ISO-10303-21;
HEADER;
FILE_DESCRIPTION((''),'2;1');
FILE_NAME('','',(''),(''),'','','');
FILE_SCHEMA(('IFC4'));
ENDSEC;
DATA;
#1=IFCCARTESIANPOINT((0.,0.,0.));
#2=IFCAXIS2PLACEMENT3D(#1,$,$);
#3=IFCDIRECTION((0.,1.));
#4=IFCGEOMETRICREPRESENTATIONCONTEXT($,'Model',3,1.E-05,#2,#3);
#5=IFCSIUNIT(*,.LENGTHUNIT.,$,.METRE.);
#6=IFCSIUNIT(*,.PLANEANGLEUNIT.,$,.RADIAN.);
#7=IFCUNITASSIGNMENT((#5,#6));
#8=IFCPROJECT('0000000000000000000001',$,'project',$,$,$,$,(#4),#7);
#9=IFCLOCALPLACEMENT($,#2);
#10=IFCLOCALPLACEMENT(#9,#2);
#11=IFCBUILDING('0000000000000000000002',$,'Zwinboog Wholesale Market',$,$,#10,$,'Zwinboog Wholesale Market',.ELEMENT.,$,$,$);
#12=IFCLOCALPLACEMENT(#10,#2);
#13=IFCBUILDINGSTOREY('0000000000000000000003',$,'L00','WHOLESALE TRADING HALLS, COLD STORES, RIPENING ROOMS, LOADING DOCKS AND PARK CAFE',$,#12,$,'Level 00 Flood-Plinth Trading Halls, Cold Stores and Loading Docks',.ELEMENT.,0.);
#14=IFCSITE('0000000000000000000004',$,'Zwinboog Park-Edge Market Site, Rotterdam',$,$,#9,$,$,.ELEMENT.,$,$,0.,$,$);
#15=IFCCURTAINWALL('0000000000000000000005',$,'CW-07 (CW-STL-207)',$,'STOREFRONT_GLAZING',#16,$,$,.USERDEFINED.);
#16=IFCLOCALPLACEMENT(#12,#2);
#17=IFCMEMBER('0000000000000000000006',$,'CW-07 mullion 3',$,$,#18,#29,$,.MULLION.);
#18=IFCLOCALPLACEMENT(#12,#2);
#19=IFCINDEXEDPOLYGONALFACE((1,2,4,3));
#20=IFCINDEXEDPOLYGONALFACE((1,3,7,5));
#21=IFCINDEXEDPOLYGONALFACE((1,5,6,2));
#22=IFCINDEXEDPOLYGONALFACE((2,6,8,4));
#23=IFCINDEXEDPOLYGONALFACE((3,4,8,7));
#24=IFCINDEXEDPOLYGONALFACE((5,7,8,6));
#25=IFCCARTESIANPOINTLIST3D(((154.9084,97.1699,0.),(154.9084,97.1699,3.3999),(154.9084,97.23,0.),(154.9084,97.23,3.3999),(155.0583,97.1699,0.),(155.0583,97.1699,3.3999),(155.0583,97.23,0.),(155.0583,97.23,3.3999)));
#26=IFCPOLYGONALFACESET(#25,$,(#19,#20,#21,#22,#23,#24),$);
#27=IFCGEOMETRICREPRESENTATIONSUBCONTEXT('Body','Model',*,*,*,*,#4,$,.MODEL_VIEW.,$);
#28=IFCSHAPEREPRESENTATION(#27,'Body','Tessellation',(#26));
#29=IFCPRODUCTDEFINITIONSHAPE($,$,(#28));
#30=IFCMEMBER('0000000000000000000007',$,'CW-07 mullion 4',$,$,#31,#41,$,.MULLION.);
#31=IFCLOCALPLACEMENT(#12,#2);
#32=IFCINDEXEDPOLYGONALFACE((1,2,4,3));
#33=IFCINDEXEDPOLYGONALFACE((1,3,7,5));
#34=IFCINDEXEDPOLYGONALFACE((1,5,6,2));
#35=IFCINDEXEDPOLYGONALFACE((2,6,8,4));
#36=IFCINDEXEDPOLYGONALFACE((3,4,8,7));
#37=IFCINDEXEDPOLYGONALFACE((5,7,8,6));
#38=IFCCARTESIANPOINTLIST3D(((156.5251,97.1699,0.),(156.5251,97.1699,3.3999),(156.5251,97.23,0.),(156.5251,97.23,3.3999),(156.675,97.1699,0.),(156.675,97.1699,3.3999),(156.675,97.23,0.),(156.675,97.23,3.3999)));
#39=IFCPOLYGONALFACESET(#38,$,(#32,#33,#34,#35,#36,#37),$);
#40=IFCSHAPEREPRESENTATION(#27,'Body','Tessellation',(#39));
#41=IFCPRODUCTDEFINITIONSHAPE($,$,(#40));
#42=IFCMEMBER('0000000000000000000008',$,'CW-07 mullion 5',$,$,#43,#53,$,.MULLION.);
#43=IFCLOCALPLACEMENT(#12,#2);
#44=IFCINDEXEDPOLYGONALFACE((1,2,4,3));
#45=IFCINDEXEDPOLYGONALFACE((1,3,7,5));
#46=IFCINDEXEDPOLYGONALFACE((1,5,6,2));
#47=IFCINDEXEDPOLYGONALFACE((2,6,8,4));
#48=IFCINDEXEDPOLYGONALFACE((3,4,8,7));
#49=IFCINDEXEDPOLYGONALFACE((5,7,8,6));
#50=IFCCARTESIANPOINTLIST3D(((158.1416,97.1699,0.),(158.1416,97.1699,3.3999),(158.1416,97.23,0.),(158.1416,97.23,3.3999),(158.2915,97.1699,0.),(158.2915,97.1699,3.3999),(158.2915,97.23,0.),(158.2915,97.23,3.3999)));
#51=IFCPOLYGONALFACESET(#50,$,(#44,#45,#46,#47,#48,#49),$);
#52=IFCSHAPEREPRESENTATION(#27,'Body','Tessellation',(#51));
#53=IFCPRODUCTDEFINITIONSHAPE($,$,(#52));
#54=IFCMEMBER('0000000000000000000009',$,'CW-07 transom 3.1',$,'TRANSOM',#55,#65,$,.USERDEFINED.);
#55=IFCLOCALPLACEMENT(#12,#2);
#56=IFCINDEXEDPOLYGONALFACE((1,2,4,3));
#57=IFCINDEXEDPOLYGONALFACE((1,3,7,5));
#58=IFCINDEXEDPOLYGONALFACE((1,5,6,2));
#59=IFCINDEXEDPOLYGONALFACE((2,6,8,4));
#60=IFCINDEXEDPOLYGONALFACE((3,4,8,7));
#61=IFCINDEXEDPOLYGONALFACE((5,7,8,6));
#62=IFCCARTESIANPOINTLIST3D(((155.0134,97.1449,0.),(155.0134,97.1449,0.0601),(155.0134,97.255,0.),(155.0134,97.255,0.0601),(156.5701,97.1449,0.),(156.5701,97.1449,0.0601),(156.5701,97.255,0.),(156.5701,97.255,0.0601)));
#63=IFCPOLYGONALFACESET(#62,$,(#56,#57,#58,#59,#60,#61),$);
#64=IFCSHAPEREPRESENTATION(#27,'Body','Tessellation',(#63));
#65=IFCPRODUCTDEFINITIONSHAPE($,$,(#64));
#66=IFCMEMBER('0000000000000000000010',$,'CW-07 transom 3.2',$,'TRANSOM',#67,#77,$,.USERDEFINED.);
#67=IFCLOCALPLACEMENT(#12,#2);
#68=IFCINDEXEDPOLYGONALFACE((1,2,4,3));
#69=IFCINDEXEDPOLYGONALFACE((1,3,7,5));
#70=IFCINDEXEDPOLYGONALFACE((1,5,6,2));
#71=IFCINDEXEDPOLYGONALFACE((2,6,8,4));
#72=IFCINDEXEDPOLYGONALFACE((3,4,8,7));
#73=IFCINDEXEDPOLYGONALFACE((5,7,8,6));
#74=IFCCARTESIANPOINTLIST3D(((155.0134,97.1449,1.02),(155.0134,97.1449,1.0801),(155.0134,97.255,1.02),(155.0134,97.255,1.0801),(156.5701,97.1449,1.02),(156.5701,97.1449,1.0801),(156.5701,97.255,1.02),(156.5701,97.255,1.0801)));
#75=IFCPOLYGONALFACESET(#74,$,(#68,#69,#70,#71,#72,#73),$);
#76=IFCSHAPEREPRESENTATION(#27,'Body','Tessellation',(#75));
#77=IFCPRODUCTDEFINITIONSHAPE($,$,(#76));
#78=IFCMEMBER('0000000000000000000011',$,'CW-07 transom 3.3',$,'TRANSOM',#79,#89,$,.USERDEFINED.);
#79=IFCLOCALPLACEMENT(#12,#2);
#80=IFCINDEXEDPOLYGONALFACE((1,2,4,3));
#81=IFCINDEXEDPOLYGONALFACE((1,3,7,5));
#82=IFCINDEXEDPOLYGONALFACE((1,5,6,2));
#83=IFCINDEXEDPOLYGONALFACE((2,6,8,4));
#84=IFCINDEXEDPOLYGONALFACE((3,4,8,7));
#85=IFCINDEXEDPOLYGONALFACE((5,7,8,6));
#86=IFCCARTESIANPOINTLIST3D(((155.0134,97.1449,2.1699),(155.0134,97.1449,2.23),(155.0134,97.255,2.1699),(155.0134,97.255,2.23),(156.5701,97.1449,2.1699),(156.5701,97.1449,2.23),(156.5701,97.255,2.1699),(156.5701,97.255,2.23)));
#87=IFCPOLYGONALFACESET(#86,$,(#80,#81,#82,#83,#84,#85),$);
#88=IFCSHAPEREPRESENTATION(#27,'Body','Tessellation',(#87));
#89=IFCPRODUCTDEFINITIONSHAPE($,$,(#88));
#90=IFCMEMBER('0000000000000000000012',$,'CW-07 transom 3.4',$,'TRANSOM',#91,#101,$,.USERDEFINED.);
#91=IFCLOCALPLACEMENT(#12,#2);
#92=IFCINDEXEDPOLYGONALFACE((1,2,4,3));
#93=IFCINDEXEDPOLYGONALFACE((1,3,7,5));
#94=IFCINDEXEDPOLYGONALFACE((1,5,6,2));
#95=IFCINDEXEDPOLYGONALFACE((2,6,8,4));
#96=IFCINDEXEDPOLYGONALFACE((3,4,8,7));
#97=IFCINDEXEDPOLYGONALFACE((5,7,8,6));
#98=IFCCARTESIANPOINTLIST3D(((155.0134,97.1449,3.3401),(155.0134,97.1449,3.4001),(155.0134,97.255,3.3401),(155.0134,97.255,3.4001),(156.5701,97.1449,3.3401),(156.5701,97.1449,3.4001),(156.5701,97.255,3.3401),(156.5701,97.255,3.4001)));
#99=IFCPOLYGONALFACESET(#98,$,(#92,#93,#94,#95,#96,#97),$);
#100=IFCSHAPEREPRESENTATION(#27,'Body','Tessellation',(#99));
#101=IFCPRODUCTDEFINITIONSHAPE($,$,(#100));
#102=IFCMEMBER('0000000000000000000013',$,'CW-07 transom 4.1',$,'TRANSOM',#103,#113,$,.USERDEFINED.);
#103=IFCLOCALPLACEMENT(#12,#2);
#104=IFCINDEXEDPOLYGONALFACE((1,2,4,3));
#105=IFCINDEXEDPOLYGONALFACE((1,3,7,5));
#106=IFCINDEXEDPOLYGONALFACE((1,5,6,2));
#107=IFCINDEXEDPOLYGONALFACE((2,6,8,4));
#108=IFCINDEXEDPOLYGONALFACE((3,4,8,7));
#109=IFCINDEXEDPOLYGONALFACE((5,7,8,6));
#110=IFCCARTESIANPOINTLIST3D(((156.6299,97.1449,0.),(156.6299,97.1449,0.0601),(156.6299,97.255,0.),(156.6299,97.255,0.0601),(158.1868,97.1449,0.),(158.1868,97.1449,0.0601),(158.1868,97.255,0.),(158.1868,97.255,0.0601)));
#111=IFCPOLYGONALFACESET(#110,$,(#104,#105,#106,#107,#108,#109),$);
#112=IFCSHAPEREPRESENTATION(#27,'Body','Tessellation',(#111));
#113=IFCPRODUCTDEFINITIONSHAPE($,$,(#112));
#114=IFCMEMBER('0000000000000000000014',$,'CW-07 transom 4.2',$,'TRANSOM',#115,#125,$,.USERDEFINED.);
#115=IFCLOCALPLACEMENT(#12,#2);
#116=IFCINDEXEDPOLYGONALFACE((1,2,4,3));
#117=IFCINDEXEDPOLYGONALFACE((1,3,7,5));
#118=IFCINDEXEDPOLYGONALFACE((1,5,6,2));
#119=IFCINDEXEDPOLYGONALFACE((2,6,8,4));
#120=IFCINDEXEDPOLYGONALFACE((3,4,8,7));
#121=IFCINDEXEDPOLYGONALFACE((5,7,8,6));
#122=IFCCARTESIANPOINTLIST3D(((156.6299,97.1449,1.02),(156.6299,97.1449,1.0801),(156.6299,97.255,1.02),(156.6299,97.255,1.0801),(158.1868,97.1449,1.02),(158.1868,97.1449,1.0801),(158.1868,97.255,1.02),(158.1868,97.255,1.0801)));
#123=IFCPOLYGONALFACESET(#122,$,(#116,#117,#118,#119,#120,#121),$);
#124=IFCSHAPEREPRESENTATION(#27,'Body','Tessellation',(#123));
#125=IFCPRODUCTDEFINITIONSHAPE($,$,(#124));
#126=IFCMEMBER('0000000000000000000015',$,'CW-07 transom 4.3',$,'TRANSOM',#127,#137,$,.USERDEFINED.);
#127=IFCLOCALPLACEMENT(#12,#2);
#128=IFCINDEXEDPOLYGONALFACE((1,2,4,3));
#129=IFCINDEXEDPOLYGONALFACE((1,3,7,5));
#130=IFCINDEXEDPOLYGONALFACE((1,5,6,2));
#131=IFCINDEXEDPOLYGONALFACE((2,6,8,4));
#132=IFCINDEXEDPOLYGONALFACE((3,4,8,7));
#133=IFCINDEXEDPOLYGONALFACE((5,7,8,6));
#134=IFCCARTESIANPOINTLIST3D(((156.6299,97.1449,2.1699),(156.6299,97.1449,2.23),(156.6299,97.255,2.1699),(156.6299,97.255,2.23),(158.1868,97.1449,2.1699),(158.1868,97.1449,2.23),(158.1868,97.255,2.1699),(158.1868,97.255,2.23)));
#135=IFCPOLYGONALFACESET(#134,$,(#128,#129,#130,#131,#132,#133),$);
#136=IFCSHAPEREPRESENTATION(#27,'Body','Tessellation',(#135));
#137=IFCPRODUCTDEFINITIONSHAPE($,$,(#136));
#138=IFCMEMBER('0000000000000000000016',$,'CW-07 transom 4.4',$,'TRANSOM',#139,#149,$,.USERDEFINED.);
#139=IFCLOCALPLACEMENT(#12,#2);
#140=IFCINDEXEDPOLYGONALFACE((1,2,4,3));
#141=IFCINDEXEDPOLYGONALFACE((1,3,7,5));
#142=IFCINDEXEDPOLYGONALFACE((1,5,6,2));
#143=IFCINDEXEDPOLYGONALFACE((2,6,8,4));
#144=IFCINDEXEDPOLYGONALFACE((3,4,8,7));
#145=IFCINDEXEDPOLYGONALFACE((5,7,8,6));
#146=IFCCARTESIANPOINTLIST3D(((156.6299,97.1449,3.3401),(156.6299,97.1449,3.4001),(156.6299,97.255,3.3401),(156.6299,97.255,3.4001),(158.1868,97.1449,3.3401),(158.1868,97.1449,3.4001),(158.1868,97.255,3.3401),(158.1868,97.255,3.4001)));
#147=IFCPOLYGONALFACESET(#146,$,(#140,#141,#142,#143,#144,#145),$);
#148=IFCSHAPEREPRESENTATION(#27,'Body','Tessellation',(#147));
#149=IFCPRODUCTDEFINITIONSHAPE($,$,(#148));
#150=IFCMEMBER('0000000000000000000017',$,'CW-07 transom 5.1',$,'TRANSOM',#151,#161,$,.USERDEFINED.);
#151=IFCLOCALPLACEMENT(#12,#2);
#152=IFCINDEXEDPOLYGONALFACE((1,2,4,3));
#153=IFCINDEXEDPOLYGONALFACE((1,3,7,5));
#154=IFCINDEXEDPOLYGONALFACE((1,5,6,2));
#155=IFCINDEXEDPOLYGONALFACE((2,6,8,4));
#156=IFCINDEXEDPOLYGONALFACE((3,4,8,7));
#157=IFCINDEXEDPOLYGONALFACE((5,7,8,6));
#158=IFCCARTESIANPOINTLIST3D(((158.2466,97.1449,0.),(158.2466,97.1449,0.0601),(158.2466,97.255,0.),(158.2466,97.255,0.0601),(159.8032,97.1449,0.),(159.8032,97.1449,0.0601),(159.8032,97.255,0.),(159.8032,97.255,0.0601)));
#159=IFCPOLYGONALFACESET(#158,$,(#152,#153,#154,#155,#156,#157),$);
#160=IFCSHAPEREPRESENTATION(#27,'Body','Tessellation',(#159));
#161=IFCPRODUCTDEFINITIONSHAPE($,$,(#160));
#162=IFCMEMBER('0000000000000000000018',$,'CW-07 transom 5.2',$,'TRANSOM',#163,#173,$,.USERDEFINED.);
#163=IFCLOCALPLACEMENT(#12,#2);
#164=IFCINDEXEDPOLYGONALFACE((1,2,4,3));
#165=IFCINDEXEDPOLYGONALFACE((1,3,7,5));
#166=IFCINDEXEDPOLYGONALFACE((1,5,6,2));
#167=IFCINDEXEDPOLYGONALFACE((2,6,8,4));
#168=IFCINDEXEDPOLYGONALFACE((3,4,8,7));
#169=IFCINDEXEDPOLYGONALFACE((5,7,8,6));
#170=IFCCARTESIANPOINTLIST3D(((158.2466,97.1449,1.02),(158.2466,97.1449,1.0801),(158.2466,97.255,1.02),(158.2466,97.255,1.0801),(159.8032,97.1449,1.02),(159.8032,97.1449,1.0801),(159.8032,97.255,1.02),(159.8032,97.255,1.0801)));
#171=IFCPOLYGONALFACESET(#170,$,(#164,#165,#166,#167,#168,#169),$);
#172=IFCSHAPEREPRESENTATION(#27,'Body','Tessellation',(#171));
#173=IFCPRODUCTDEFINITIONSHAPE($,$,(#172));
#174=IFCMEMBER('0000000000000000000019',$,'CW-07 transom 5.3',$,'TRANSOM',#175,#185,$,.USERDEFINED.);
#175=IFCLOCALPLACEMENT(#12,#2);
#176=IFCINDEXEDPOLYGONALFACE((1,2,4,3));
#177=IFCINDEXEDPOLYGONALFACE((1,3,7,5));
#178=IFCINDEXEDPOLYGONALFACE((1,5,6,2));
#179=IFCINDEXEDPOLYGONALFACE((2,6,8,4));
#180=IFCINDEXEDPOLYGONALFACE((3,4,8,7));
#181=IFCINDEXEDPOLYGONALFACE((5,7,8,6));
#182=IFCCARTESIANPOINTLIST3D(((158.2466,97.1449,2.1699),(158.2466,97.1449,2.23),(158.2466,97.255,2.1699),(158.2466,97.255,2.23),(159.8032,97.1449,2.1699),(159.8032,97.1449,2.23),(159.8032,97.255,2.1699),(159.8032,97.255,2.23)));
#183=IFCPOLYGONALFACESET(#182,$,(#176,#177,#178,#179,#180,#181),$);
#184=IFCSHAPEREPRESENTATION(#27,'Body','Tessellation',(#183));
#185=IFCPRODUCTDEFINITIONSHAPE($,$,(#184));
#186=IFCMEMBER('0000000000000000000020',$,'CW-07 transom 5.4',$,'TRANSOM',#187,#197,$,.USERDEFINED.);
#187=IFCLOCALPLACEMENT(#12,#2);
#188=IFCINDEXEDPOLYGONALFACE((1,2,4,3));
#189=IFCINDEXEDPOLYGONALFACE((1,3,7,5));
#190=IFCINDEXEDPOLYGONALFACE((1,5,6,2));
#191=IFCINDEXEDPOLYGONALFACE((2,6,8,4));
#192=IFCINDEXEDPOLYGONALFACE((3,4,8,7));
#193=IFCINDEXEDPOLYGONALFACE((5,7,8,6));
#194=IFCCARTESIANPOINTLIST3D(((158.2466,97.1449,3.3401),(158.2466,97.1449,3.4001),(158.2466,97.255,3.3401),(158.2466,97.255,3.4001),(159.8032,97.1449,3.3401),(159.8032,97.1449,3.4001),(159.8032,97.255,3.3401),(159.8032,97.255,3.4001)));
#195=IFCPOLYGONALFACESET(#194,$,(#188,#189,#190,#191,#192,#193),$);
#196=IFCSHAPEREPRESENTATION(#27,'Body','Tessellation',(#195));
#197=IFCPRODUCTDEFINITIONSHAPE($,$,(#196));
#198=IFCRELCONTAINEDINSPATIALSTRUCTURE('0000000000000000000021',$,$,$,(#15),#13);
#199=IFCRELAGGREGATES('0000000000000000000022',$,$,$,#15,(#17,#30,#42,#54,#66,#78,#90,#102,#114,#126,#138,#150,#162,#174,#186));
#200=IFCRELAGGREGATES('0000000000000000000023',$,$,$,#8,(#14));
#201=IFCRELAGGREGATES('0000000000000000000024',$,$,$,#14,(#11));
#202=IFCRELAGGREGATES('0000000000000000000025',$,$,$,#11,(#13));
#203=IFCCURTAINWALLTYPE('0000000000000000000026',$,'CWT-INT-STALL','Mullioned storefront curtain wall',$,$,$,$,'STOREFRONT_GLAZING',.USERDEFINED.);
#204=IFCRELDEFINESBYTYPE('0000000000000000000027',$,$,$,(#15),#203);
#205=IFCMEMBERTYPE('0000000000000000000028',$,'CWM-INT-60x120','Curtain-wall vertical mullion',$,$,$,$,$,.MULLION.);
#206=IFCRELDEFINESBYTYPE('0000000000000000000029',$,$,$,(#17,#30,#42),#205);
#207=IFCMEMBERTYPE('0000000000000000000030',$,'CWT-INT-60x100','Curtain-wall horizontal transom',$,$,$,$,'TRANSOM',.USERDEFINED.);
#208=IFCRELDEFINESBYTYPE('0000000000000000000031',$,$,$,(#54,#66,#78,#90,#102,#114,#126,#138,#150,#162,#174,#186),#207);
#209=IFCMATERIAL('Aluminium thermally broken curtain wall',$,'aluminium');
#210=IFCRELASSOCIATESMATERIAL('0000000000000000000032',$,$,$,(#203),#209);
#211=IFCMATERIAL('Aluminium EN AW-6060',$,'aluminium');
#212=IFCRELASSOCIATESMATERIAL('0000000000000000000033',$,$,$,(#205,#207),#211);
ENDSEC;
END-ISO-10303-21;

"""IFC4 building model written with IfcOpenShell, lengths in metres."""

from ifc_helpers import new_model, si_unit, direction, frame, origin, origin_2d, place, context, subcontext, project, spatial, rectangle, extrude, material, material_profile, profile_set, type_object, element, aggregate, save


model = new_model("IFC4")

# Units and contexts
model_context = context("Model", 3, precision=1e-05, world=origin(), true_north=direction((0.0, 1.0)))
body_context = subcontext(model_context, "Body", "Model", "MODEL_VIEW")
ifc_project = project(units=[si_unit("LENGTHUNIT", "METRE"), si_unit("PLANEANGLEUNIT", "RADIAN")], contexts=[model_context])

# Site, building, storey
site_placement = place(None, origin())
site = spatial("IfcSite", under=ifc_project, at=site_placement, Name="Zwinboog Park-Edge Market Site, Rotterdam", CompositionType="ELEMENT", RefElevation=0.0)
building_placement = place(site_placement, origin())
building = spatial("IfcBuilding", under=site, at=building_placement, Name="Zwinboog Wholesale Market", LongName="Zwinboog Wholesale Market", CompositionType="ELEMENT")
storey_placement = place(building_placement, origin())
storey = spatial("IfcBuildingStorey", under=building, at=storey_placement, Name="L00", Description="WHOLESALE TRADING HALLS, COLD STORES, RIPENING ROOMS, LOADING DOCKS AND PARK CAFE", LongName="Level 00 Flood-Plinth Trading Halls, Cold Stores and Loading Docks", CompositionType="ELEMENT", Elevation=0.0)

# Curtain wall, members
ifc_material_1 = material(Name="Aluminium thermally broken curtain wall", Category="aluminium")
curtain_wall_type = type_object("IfcCurtainWallType", Name="CWT-INT-STALL", Description="Mullioned storefront curtain wall", ElementType="STOREFRONT_GLAZING", PredefinedType="USERDEFINED", material=ifc_material_1)
curtain_wall_placement = place(storey_placement, origin())
curtain_wall = element("IfcCurtainWall", 1, at=curtain_wall_placement, inside=storey, type_object=curtain_wall_type, Name="CW-07 (CW-STL-207)", ObjectType="STOREFRONT_GLAZING", PredefinedType="USERDEFINED")
ifc_material_2 = material(Name="Aluminium EN AW-6060", Category="aluminium")
ifc_material_profile_1 = material_profile(ifc_material_2, rectangle(XDim=0.0601, YDim=0.1499, at=origin_2d()), Name="AL 60x150")
ifc_profile_set_1 = profile_set([ifc_material_profile_1], Name="Aluminium EN AW-6060")
member_type_1 = type_object("IfcMemberType", Name="CWM-INT-60x120", Description="Curtain-wall vertical mullion", PredefinedType="MULLION", material=ifc_profile_set_1)
member_1_placement = place(storey_placement, frame((154.9834, 97.2, 0.0), z_axis=(0.0, 0.0, 1.0), x_axis=(0.0, 1.0, 0.0)))
member_1 = element("IfcMember", 2, at=member_1_placement, type_object=member_type_1, Name="CW-07 mullion 3", PredefinedType="MULLION", context=body_context, shape_type="SweptSolid", body=[
    extrude(rectangle(XDim=0.0601, YDim=0.1499, at=origin_2d()), origin(), (0.0, 0.0, 1.0), 3.3999),
])
member_2_placement = place(storey_placement, frame((156.6001, 97.2, 0.0), z_axis=(0.0, 0.0, 1.0), x_axis=(0.0, 1.0, 0.0)))
member_2 = element("IfcMember", 3, at=member_2_placement, type_object=member_type_1, Name="CW-07 mullion 4", PredefinedType="MULLION", context=body_context, shape_type="SweptSolid", body=[
    extrude(rectangle(XDim=0.0601, YDim=0.1499, at=origin_2d()), origin(), (0.0, 0.0, 1.0), 3.3999),
])
member_3_placement = place(storey_placement, frame((158.2166, 97.2, 0.0), z_axis=(0.0, 0.0, 1.0), x_axis=(0.0, 1.0, 0.0)))
member_3 = element("IfcMember", 4, at=member_3_placement, type_object=member_type_1, Name="CW-07 mullion 5", PredefinedType="MULLION", context=body_context, shape_type="SweptSolid", body=[
    extrude(rectangle(XDim=0.0601, YDim=0.1499, at=origin_2d()), origin(), (0.0, 0.0, 1.0), 3.3999),
])
ifc_material_profile_2 = material_profile(ifc_material_2, rectangle(XDim=0.1101, YDim=0.0601, at=origin_2d()), Name="AL 60x110")
ifc_profile_set_2 = profile_set([ifc_material_profile_2], Name="Aluminium EN AW-6060")
member_type_2 = type_object("IfcMemberType", Name="CWT-INT-60x100", Description="Curtain-wall horizontal transom", ElementType="TRANSOM", PredefinedType="USERDEFINED", material=ifc_profile_set_2)
member_4_placement = place(storey_placement, frame((155.0134, 97.2, 0.03), z_axis=(1.0, 0.0, 0.0), x_axis=(0.0, 1.0, 0.0)))
member_4 = element("IfcMember", 5, at=member_4_placement, type_object=member_type_2, Name="CW-07 transom 3.1", ObjectType="TRANSOM", PredefinedType="USERDEFINED", context=body_context, shape_type="SweptSolid", body=[
    extrude(rectangle(XDim=0.1101, YDim=0.0601, at=origin_2d()), origin(), (0.0, 0.0, 1.0), 1.5566),
])
member_5_placement = place(storey_placement, frame((155.0134, 97.2, 1.05), z_axis=(1.0, 0.0, 0.0), x_axis=(0.0, 1.0, 0.0)))
member_5 = element("IfcMember", 6, at=member_5_placement, type_object=member_type_2, Name="CW-07 transom 3.2", ObjectType="TRANSOM", PredefinedType="USERDEFINED", context=body_context, shape_type="SweptSolid", body=[
    extrude(rectangle(XDim=0.1101, YDim=0.0601, at=origin_2d()), origin(), (0.0, 0.0, 1.0), 1.5566),
])
member_6_placement = place(storey_placement, frame((155.0134, 97.2, 2.2), z_axis=(1.0, 0.0, 0.0), x_axis=(0.0, 1.0, 0.0)))
member_6 = element("IfcMember", 7, at=member_6_placement, type_object=member_type_2, Name="CW-07 transom 3.3", ObjectType="TRANSOM", PredefinedType="USERDEFINED", context=body_context, shape_type="SweptSolid", body=[
    extrude(rectangle(XDim=0.1101, YDim=0.0601, at=origin_2d()), origin(), (0.0, 0.0, 1.0), 1.5566),
])
member_7_placement = place(storey_placement, frame((155.0134, 97.2, 3.3701), z_axis=(1.0, 0.0, 0.0), x_axis=(0.0, 1.0, 0.0)))
member_7 = element("IfcMember", 8, at=member_7_placement, type_object=member_type_2, Name="CW-07 transom 3.4", ObjectType="TRANSOM", PredefinedType="USERDEFINED", context=body_context, shape_type="SweptSolid", body=[
    extrude(rectangle(XDim=0.1101, YDim=0.0601, at=origin_2d()), origin(), (0.0, 0.0, 1.0), 1.5566),
])
member_8_placement = place(storey_placement, frame((156.6299, 97.2, 0.03), z_axis=(1.0, 0.0, 0.0), x_axis=(0.0, 1.0, 0.0)))
member_8 = element("IfcMember", 9, at=member_8_placement, type_object=member_type_2, Name="CW-07 transom 4.1", ObjectType="TRANSOM", PredefinedType="USERDEFINED", context=body_context, shape_type="SweptSolid", body=[
    extrude(rectangle(XDim=0.1101, YDim=0.0601, at=origin_2d()), origin(), (0.0, 0.0, 1.0), 1.5569),
])
member_9_placement = place(storey_placement, frame((156.6299, 97.2, 1.05), z_axis=(1.0, 0.0, 0.0), x_axis=(0.0, 1.0, 0.0)))
member_9 = element("IfcMember", 10, at=member_9_placement, type_object=member_type_2, Name="CW-07 transom 4.2", ObjectType="TRANSOM", PredefinedType="USERDEFINED", context=body_context, shape_type="SweptSolid", body=[
    extrude(rectangle(XDim=0.1101, YDim=0.0601, at=origin_2d()), origin(), (0.0, 0.0, 1.0), 1.5569),
])
member_10_placement = place(storey_placement, frame((156.6299, 97.2, 2.2), z_axis=(1.0, 0.0, 0.0), x_axis=(0.0, 1.0, 0.0)))
member_10 = element("IfcMember", 11, at=member_10_placement, type_object=member_type_2, Name="CW-07 transom 4.3", ObjectType="TRANSOM", PredefinedType="USERDEFINED", context=body_context, shape_type="SweptSolid", body=[
    extrude(rectangle(XDim=0.1101, YDim=0.0601, at=origin_2d()), origin(), (0.0, 0.0, 1.0), 1.5569),
])
member_11_placement = place(storey_placement, frame((156.6299, 97.2, 3.3701), z_axis=(1.0, 0.0, 0.0), x_axis=(0.0, 1.0, 0.0)))
member_11 = element("IfcMember", 12, at=member_11_placement, type_object=member_type_2, Name="CW-07 transom 4.4", ObjectType="TRANSOM", PredefinedType="USERDEFINED", context=body_context, shape_type="SweptSolid", body=[
    extrude(rectangle(XDim=0.1101, YDim=0.0601, at=origin_2d()), origin(), (0.0, 0.0, 1.0), 1.5569),
])
member_12_placement = place(storey_placement, frame((158.2466, 97.2, 0.03), z_axis=(1.0, 0.0, 0.0), x_axis=(0.0, 1.0, 0.0)))
member_12 = element("IfcMember", 13, at=member_12_placement, type_object=member_type_2, Name="CW-07 transom 5.1", ObjectType="TRANSOM", PredefinedType="USERDEFINED", context=body_context, shape_type="SweptSolid", body=[
    extrude(rectangle(XDim=0.1101, YDim=0.0601, at=origin_2d()), origin(), (0.0, 0.0, 1.0), 1.5566),
])
member_13_placement = place(storey_placement, frame((158.2466, 97.2, 1.05), z_axis=(1.0, 0.0, 0.0), x_axis=(0.0, 1.0, 0.0)))
member_13 = element("IfcMember", 14, at=member_13_placement, type_object=member_type_2, Name="CW-07 transom 5.2", ObjectType="TRANSOM", PredefinedType="USERDEFINED", context=body_context, shape_type="SweptSolid", body=[
    extrude(rectangle(XDim=0.1101, YDim=0.0601, at=origin_2d()), origin(), (0.0, 0.0, 1.0), 1.5566),
])
member_14_placement = place(storey_placement, frame((158.2466, 97.2, 2.2), z_axis=(1.0, 0.0, 0.0), x_axis=(0.0, 1.0, 0.0)))
member_14 = element("IfcMember", 15, at=member_14_placement, type_object=member_type_2, Name="CW-07 transom 5.3", ObjectType="TRANSOM", PredefinedType="USERDEFINED", context=body_context, shape_type="SweptSolid", body=[
    extrude(rectangle(XDim=0.1101, YDim=0.0601, at=origin_2d()), origin(), (0.0, 0.0, 1.0), 1.5566),
])
member_15_placement = place(storey_placement, frame((158.2466, 97.2, 3.3701), z_axis=(1.0, 0.0, 0.0), x_axis=(0.0, 1.0, 0.0)))
member_15 = element("IfcMember", 16, at=member_15_placement, type_object=member_type_2, Name="CW-07 transom 5.4", ObjectType="TRANSOM", PredefinedType="USERDEFINED", context=body_context, shape_type="SweptSolid", body=[
    extrude(rectangle(XDim=0.1101, YDim=0.0601, at=origin_2d()), origin(), (0.0, 0.0, 1.0), 1.5566),
])
aggregate(curtain_wall, [member_1, member_2, member_3, member_4, member_5, member_6, member_7, member_8, member_9, member_10, member_11, member_12, member_13, member_14, member_15])

save(model, "model.ifc")
